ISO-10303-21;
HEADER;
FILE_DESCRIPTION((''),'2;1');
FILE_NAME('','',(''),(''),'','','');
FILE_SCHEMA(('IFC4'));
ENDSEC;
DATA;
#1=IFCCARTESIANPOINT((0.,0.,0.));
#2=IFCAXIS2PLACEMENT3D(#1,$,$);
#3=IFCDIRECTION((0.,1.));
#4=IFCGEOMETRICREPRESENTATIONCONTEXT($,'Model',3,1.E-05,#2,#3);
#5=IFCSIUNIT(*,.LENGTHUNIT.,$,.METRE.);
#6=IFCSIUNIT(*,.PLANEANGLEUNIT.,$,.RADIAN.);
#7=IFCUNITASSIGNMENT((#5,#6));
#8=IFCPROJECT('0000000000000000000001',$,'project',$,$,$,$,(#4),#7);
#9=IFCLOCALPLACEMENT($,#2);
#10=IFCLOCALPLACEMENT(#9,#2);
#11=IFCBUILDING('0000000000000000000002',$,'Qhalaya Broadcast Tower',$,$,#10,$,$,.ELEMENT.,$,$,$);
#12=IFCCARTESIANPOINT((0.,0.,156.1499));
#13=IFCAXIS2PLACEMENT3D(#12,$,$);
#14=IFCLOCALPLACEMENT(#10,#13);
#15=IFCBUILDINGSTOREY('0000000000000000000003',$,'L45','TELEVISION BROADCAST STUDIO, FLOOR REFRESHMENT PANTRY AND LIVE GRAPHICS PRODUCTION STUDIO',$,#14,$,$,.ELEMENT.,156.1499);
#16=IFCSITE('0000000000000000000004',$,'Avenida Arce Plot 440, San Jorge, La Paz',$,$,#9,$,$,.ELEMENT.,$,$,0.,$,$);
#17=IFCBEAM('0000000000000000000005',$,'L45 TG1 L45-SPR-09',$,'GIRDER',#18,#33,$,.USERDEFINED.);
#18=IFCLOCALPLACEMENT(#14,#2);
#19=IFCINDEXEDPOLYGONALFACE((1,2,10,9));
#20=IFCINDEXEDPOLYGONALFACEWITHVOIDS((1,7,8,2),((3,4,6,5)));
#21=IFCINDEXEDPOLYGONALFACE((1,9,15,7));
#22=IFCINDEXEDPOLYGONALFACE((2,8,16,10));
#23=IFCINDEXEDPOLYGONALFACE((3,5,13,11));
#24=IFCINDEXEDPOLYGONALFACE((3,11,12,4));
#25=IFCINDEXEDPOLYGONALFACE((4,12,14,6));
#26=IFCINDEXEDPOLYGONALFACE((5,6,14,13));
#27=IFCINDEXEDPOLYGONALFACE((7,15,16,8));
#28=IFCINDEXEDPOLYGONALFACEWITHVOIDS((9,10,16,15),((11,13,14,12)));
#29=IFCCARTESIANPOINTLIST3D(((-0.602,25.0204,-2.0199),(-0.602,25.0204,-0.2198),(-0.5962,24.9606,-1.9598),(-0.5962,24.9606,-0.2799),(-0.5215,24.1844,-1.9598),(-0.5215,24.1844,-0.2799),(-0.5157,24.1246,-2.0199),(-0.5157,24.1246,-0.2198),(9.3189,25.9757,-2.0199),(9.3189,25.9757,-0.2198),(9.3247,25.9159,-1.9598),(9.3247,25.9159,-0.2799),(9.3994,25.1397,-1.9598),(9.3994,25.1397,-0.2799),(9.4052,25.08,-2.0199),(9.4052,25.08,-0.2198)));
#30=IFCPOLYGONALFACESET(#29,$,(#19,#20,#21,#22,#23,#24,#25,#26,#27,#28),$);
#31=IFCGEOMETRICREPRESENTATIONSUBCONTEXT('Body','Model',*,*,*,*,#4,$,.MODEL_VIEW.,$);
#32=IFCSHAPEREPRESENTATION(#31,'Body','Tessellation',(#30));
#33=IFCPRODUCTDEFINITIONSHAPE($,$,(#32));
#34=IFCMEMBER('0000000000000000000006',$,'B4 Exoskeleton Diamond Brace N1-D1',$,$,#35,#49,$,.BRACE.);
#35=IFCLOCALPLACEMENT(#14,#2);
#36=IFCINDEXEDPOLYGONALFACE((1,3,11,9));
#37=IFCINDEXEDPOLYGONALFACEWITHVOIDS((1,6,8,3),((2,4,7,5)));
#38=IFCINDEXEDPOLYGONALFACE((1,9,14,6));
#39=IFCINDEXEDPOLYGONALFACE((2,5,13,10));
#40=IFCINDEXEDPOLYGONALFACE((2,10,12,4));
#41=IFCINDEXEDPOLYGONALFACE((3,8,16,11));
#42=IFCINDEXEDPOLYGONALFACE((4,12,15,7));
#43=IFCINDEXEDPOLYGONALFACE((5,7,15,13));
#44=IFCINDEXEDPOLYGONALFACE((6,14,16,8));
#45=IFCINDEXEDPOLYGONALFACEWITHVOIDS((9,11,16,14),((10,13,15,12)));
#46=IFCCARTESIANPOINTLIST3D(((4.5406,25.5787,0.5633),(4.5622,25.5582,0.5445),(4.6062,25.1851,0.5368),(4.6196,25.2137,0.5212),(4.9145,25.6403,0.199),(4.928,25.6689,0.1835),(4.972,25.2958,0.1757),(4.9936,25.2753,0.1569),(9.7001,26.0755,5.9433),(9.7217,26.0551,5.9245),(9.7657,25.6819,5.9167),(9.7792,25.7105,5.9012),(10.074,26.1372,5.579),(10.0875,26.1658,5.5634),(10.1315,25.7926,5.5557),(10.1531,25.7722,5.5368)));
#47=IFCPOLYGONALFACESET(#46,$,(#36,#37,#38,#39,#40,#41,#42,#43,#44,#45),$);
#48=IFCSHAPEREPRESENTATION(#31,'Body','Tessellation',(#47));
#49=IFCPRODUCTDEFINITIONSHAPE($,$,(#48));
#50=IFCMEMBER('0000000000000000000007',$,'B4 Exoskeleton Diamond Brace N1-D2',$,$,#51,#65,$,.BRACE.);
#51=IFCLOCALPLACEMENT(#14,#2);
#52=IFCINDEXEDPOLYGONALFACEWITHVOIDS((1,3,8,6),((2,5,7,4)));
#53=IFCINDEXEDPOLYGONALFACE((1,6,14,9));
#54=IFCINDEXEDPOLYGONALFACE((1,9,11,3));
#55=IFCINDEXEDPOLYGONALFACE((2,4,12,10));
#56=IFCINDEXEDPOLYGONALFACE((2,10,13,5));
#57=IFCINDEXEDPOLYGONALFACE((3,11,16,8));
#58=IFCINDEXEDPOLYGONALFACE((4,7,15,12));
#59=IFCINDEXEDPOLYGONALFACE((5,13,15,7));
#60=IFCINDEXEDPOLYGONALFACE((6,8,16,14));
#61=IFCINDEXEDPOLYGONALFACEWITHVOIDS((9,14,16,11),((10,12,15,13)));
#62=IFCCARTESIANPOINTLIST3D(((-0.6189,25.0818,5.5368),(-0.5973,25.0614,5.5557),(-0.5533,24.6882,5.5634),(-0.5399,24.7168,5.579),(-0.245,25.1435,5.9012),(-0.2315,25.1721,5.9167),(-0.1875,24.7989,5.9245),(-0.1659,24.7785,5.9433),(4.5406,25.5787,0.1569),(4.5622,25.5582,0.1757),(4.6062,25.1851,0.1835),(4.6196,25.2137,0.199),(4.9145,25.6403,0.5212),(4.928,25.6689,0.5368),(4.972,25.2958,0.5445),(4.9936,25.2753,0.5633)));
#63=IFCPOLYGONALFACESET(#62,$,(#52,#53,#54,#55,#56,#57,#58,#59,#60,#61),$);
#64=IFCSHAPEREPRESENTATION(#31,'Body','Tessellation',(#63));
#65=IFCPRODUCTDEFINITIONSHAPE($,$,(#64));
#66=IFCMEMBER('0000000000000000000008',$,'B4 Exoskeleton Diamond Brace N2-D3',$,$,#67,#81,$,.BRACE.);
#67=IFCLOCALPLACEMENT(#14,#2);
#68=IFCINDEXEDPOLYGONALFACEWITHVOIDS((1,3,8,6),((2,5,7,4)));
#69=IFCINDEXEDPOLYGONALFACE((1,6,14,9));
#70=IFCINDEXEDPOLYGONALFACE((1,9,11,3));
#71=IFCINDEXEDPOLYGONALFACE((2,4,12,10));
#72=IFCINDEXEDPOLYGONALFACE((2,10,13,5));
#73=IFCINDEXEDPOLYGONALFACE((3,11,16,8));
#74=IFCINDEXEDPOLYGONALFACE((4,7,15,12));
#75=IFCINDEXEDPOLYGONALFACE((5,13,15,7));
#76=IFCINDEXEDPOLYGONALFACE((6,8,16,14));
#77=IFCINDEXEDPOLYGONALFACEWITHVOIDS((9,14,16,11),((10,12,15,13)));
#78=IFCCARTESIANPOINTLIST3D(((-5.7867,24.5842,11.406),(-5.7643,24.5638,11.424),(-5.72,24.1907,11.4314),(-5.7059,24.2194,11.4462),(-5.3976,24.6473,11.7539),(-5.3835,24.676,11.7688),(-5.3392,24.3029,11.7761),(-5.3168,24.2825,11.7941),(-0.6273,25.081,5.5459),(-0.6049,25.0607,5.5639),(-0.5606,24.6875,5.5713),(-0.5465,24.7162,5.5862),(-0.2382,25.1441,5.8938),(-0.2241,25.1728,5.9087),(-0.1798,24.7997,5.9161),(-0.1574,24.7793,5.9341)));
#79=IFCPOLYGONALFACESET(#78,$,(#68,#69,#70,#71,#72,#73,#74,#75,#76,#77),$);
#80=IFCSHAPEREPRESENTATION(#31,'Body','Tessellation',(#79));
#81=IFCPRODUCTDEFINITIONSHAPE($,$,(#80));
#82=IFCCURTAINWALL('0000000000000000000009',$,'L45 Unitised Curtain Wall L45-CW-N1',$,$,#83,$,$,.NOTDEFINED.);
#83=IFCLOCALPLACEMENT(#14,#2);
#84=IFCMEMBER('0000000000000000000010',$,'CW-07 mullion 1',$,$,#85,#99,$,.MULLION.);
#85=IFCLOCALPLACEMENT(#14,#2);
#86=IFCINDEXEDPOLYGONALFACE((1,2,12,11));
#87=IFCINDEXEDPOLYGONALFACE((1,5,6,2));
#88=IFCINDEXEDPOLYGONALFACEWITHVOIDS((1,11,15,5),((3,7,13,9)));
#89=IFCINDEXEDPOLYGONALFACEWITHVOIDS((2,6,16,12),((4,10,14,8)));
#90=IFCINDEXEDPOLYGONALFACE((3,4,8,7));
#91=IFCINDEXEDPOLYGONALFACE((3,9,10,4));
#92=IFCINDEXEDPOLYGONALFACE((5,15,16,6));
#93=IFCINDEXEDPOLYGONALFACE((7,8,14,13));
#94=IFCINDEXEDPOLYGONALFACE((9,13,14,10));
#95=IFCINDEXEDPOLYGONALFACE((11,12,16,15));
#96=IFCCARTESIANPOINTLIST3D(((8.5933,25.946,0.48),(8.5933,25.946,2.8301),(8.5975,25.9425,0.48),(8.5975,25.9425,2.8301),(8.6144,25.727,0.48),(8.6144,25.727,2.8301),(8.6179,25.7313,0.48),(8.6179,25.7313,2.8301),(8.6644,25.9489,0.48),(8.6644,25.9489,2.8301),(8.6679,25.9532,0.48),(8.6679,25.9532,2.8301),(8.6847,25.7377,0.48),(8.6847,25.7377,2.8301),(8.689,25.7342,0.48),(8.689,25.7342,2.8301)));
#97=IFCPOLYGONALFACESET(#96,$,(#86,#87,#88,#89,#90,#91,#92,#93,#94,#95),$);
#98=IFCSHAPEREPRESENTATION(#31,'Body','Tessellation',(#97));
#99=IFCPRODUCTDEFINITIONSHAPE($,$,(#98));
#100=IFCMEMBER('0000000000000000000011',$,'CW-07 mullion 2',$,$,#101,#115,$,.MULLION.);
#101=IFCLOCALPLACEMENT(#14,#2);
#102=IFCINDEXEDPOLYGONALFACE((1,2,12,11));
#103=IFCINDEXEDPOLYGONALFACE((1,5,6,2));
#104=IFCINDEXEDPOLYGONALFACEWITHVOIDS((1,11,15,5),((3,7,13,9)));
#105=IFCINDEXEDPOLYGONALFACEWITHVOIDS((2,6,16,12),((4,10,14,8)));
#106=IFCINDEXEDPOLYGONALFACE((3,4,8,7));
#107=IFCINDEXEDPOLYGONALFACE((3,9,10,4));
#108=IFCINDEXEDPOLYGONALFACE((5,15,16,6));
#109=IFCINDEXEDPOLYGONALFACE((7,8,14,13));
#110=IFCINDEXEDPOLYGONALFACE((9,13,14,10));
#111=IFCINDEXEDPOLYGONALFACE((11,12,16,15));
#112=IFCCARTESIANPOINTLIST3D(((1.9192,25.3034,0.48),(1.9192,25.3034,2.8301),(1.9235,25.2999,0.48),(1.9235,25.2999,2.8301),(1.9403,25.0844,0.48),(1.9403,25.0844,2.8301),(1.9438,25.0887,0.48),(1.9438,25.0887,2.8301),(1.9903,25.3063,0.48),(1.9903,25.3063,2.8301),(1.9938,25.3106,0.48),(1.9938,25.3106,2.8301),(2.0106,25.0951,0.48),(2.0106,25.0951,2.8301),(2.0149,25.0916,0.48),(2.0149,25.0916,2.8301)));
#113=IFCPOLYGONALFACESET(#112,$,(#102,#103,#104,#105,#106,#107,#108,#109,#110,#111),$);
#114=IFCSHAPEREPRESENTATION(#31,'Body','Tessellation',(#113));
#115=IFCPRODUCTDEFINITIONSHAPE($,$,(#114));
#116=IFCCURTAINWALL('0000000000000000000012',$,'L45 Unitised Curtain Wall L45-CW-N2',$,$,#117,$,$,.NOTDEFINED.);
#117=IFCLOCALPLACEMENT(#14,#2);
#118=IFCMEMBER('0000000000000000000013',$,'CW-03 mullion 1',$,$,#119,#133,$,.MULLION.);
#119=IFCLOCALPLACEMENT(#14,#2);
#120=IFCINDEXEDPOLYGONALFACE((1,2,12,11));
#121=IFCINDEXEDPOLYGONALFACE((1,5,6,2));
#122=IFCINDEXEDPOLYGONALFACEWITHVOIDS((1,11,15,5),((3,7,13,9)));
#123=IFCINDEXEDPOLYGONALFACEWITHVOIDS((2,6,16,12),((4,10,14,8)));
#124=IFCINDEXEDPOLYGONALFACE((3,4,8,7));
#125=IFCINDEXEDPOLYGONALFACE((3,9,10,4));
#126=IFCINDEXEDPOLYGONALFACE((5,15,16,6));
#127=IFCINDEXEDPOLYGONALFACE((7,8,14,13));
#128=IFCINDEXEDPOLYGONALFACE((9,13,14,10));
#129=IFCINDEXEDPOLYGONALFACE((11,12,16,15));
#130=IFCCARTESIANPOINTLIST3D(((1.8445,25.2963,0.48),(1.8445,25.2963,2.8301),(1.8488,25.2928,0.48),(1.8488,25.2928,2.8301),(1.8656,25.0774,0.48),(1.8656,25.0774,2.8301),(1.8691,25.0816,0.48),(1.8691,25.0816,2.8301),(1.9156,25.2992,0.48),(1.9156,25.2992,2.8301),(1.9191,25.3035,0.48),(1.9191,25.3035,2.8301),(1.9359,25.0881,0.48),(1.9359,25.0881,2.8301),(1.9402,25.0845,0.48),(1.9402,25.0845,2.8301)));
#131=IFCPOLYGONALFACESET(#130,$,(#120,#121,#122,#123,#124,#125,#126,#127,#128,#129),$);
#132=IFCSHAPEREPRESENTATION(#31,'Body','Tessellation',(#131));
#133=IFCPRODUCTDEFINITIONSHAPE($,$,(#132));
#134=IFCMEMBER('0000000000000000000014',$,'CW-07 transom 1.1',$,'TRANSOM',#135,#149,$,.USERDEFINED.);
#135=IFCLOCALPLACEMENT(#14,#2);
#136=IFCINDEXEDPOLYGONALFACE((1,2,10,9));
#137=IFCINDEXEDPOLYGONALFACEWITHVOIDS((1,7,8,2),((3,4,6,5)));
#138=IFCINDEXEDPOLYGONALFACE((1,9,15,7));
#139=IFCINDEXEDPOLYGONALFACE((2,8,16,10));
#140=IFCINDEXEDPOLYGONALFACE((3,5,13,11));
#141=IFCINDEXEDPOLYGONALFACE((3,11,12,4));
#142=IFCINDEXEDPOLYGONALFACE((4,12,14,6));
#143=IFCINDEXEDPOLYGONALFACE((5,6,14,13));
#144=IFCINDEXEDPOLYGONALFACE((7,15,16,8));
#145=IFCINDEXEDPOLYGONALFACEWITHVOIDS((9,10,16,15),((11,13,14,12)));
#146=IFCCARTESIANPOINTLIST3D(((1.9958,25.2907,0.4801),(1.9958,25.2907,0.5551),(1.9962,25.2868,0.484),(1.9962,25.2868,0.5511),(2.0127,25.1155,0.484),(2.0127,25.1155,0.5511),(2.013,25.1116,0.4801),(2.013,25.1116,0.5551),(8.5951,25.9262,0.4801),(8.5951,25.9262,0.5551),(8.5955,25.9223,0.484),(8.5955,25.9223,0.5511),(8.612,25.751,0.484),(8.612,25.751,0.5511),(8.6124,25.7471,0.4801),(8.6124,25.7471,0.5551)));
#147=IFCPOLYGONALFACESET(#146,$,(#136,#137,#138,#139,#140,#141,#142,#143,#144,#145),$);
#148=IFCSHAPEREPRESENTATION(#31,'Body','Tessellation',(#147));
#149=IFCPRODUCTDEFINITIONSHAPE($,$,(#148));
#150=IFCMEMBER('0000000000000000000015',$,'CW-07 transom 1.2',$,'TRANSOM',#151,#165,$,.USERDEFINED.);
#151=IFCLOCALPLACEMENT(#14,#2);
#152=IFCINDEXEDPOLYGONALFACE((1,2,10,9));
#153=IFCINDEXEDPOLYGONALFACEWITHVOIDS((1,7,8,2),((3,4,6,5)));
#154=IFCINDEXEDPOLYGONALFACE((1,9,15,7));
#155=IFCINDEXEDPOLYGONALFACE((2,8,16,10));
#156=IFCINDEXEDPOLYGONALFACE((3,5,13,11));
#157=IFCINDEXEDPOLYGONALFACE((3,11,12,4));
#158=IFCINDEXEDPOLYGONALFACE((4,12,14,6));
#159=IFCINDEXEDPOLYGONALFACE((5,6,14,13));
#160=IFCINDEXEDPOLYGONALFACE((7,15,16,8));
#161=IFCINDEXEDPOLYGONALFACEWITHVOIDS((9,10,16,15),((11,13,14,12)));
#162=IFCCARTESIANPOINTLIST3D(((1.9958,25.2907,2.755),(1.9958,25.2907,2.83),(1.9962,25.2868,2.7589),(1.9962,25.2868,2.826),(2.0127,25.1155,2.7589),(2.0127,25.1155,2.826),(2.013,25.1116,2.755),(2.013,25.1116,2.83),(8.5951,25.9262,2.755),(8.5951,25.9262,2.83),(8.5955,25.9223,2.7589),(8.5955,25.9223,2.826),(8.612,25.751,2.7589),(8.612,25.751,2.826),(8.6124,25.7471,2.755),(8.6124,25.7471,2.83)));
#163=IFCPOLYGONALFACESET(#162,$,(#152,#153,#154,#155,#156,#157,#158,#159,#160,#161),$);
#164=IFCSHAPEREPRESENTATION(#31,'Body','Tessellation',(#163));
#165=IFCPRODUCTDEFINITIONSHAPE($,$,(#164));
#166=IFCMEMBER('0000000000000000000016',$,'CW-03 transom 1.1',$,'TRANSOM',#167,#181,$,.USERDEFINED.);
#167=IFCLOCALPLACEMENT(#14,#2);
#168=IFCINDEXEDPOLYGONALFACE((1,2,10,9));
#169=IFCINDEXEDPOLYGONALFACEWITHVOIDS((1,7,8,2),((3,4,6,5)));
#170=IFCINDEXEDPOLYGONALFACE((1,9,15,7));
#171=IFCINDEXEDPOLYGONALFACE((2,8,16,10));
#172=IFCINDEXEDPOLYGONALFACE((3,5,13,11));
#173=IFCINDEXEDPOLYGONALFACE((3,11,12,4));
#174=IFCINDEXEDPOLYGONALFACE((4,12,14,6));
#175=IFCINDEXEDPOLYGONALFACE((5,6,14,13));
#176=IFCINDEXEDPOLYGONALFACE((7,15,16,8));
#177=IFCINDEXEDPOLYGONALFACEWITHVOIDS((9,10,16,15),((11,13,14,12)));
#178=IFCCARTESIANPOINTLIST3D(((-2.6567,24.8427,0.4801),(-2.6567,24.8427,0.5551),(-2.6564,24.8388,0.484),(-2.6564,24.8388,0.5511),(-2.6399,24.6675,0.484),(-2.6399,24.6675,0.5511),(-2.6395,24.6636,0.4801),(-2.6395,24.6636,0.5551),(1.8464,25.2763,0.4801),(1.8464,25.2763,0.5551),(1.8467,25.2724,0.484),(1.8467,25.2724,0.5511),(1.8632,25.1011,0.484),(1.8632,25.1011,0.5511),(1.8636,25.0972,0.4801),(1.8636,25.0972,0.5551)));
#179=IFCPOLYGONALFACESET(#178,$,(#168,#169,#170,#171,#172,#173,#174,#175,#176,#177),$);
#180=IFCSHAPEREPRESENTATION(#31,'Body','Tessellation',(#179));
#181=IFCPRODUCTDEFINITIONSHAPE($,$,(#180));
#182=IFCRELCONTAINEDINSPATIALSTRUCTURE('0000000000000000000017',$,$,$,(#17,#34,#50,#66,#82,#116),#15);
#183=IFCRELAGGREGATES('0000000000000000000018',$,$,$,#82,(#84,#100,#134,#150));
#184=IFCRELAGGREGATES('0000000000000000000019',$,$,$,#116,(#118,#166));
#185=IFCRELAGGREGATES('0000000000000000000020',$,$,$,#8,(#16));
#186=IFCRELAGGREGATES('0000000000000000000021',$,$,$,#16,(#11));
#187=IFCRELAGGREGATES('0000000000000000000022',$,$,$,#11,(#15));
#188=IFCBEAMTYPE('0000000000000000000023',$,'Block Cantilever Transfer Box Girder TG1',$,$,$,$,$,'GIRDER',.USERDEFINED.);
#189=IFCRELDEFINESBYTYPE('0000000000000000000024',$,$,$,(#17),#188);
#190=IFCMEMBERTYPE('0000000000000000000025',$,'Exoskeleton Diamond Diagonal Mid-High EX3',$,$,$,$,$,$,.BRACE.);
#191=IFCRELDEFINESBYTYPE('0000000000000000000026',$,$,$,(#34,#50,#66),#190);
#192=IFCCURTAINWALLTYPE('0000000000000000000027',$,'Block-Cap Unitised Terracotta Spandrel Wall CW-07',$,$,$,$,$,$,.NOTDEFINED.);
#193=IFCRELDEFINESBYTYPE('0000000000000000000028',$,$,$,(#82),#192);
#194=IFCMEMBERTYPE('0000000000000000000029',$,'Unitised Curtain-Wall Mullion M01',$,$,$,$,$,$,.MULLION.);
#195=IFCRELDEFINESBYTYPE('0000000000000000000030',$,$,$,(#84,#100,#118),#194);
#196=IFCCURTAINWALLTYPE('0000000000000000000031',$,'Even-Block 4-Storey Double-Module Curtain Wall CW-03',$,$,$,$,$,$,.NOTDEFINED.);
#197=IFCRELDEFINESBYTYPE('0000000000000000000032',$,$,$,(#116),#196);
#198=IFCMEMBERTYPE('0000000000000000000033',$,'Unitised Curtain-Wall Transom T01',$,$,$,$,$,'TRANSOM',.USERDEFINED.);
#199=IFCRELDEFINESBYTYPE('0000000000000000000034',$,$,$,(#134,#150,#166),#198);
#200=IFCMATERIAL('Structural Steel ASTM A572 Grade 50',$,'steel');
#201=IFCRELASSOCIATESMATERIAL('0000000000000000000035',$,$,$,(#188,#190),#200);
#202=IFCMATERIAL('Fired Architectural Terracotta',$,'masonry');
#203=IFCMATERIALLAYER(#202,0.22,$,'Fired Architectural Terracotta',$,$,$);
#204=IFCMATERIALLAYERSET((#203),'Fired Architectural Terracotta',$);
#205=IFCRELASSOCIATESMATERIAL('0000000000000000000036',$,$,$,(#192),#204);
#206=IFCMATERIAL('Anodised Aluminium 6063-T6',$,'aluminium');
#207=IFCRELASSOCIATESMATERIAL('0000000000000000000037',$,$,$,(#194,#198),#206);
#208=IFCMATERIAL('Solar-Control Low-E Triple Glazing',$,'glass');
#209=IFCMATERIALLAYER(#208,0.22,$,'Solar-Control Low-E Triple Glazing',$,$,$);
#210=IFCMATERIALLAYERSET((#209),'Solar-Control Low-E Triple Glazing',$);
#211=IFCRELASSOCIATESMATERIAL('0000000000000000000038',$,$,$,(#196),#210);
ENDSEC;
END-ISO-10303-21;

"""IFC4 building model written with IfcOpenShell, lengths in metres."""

from ifc_helpers import new_model, si_unit, direction, frame, origin, origin_2d, place, context, subcontext, project, spatial, hollow_rectangle, extrude, material, layer, layer_set, material_profile, profile_set, type_object, element, aggregate, save


model = new_model("IFC4")

# Units and contexts
model_context = context("Model", 3, precision=1e-05, world=origin(), true_north=direction((0.0, 1.0)))
body_context = subcontext(model_context, "Body", "Model", "MODEL_VIEW")
ifc_project = project(units=[si_unit("LENGTHUNIT", "METRE"), si_unit("PLANEANGLEUNIT", "RADIAN")], contexts=[model_context])

# Site, building, storey
site_placement = place(None, origin())
site = spatial("IfcSite", under=ifc_project, at=site_placement, Name="Avenida Arce Plot 440, San Jorge, La Paz", CompositionType="ELEMENT", RefElevation=0.0)
building_placement = place(site_placement, origin())
building = spatial("IfcBuilding", under=site, at=building_placement, Name="Qhalaya Broadcast Tower", CompositionType="ELEMENT")
storey_placement = place(building_placement, frame((0.0, 0.0, 156.1499)))
storey = spatial("IfcBuildingStorey", under=building, at=storey_placement, Name="L45", Description="TELEVISION BROADCAST STUDIO, FLOOR REFRESHMENT PANTRY AND LIVE GRAPHICS PRODUCTION STUDIO", CompositionType="ELEMENT", Elevation=156.1499)

# Beam
ifc_material_1 = material(Name="Structural Steel ASTM A572 Grade 50", Category="steel")
ifc_material_profile_1 = material_profile(ifc_material_1, hollow_rectangle(XDim=0.8999, YDim=1.8, WallThickness=0.0601, at=origin_2d()), Name="BOX 900x1800x60")
ifc_profile_set_1 = profile_set([ifc_material_profile_1], Name="Structural Steel ASTM A572 Grade 50")
beam_type = type_object("IfcBeamType", Name="Block Cantilever Transfer Box Girder TG1", ElementType="GIRDER", PredefinedType="USERDEFINED", material=ifc_profile_set_1)
beam_placement = place(storey_placement, frame((9.3621, 25.5278, -1.1199), z_axis=(-0.995396, -0.095851, 0.0), x_axis=(0.095851, -0.995396, 0.0)))
element("IfcBeam", 1, at=beam_placement, inside=storey, type_object=beam_type, Name="L45 TG1 L45-SPR-09", ObjectType="GIRDER", PredefinedType="USERDEFINED", context=body_context, shape_type="SweptSolid", body=[
    extrude(hollow_rectangle(XDim=0.8999, YDim=1.8, WallThickness=0.0601, at=origin_2d()), origin(), (0.0, 0.0, 1.0), 9.9668),
])

# Members
ifc_material_profile_2 = material_profile(ifc_material_1, hollow_rectangle(XDim=0.3999, YDim=0.55, WallThickness=0.0249, at=origin_2d()), Name="BOX 400x550x25")
ifc_profile_set_2 = profile_set([ifc_material_profile_2], Name="Structural Steel ASTM A572 Grade 50")
member_type_1 = type_object("IfcMemberType", Name="Exoskeleton Diamond Diagonal Mid-High EX3", PredefinedType="BRACE", material=ifc_profile_set_2)
for number, where, z_axis, x_axis, name in (
    (2, (4.7671, 25.427, 0.3601), (0.690632, 0.066504, 0.720142), (-0.164115, 0.984197, 0.0665), "B4 Exoskeleton Diamond Brace N1-D1"),
    (3, (4.7671, 25.427, 0.3601), (-0.690632, -0.066504, 0.720142), (0.164115, -0.984197, 0.0665), "B4 Exoskeleton Diamond Brace N1-D2"),
):
    element("IfcMember", number, at=place(storey_placement, frame(where, z_axis=z_axis, x_axis=x_axis)), inside=storey, type_object=member_type_1, Name=name, PredefinedType="BRACE", context=body_context, shape_type="SweptSolid", body=[
        extrude(hollow_rectangle(XDim=0.3999, YDim=0.55, WallThickness=0.0249, at=origin_2d()), origin(), (0.0, 0.0, 1.0), 7.4707),
    ])
member_1_placement = place(storey_placement, frame((-0.3923, 24.9302, 5.74), z_axis=(-0.659477, -0.063504, 0.749038), x_axis=(0.166872, -0.983932, 0.0635)))
element("IfcMember", 4, at=member_1_placement, inside=storey, type_object=member_type_1, Name="B4 Exoskeleton Diamond Brace N2-D3", PredefinedType="BRACE", context=body_context, shape_type="SweptSolid", body=[
    extrude(hollow_rectangle(XDim=0.3999, YDim=0.55, WallThickness=0.0249, at=origin_2d()), origin(), (0.0, 0.0, 1.0), 7.8235),
])

# Curtain wall, members
ifc_material_2 = material(Name="Fired Architectural Terracotta", Category="masonry")
ifc_layer_1 = layer(ifc_material_2, 0.22, Name="Fired Architectural Terracotta")
ifc_layer_set_1 = layer_set([ifc_layer_1], Name="Fired Architectural Terracotta")
curtain_wall_type_1 = type_object("IfcCurtainWallType", Name="Block-Cap Unitised Terracotta Spandrel Wall CW-07", PredefinedType="NOTDEFINED", material=ifc_layer_set_1)
curtain_wall_1_placement = place(storey_placement, origin())
curtain_wall_1 = element("IfcCurtainWall", 5, at=curtain_wall_1_placement, inside=storey, type_object=curtain_wall_type_1, Name="L45 Unitised Curtain Wall L45-CW-N1", PredefinedType="NOTDEFINED")
ifc_material_3 = material(Name="Anodised Aluminium 6063-T6", Category="aluminium")
ifc_material_profile_3 = material_profile(ifc_material_3, hollow_rectangle(XDim=0.075, YDim=0.22, WallThickness=0.0039, at=origin_2d()), Name="ALU-MUL 75x220x4")
ifc_profile_set_3 = profile_set([ifc_material_profile_3], Name="Anodised Aluminium 6063-T6")
member_type_2 = type_object("IfcMemberType", Name="Unitised Curtain-Wall Mullion M01", PredefinedType="MULLION", material=ifc_profile_set_3)
member_2_placement = place(storey_placement, frame((8.6411, 25.8401, 0.48), z_axis=(0.0, 0.0, 1.0), x_axis=(-0.995397, -0.095841, 0.0)))
member_2 = element("IfcMember", 6, at=member_2_placement, type_object=member_type_2, Name="CW-07 mullion 1", PredefinedType="MULLION", context=body_context, shape_type="SweptSolid", body=[
    extrude(hollow_rectangle(XDim=0.075, YDim=0.22, WallThickness=0.0039, at=origin_2d()), origin(), (0.0, 0.0, 1.0), 2.3501),
])
member_3_placement = place(storey_placement, frame((1.967, 25.1975, 0.48), z_axis=(0.0, 0.0, 1.0), x_axis=(-0.995397, -0.095841, 0.0)))
member_3 = element("IfcMember", 7, at=member_3_placement, type_object=member_type_2, Name="CW-07 mullion 2", PredefinedType="MULLION", context=body_context, shape_type="SweptSolid", body=[
    extrude(hollow_rectangle(XDim=0.075, YDim=0.22, WallThickness=0.0039, at=origin_2d()), origin(), (0.0, 0.0, 1.0), 2.3501),
])

# Curtain wall, member
ifc_material_4 = material(Name="Solar-Control Low-E Triple Glazing", Category="glass")
ifc_layer_2 = layer(ifc_material_4, 0.22, Name="Solar-Control Low-E Triple Glazing")
ifc_layer_set_2 = layer_set([ifc_layer_2], Name="Solar-Control Low-E Triple Glazing")
curtain_wall_type_2 = type_object("IfcCurtainWallType", Name="Even-Block 4-Storey Double-Module Curtain Wall CW-03", PredefinedType="NOTDEFINED", material=ifc_layer_set_2)
curtain_wall_2_placement = place(storey_placement, origin())
curtain_wall_2 = element("IfcCurtainWall", 8, at=curtain_wall_2_placement, inside=storey, type_object=curtain_wall_type_2, Name="L45 Unitised Curtain Wall L45-CW-N2", PredefinedType="NOTDEFINED")
member_4_placement = place(storey_placement, frame((1.8923, 25.1904, 0.48), z_axis=(0.0, 0.0, 1.0), x_axis=(-0.995396, -0.095849, 0.0)))
member_4 = element("IfcMember", 9, at=member_4_placement, type_object=member_type_2, Name="CW-03 mullion 1", PredefinedType="MULLION", context=body_context, shape_type="SweptSolid", body=[
    extrude(hollow_rectangle(XDim=0.075, YDim=0.22, WallThickness=0.0039, at=origin_2d()), origin(), (0.0, 0.0, 1.0), 2.3501),
])

# Members
ifc_material_profile_4 = material_profile(ifc_material_3, hollow_rectangle(XDim=0.075, YDim=0.1799, WallThickness=0.0039, at=origin_2d()), Name="ALU-TRN 75x180x4")
ifc_profile_set_4 = profile_set([ifc_material_profile_4], Name="Anodised Aluminium 6063-T6")
member_type_3 = type_object("IfcMemberType", Name="Unitised Curtain-Wall Transom T01", ElementType="TRANSOM", PredefinedType="USERDEFINED", material=ifc_profile_set_4)
member_5_placement = place(storey_placement, frame((8.6038, 25.8367, 0.5176), z_axis=(-0.995395, -0.095853, 0.0), x_axis=(0.0, 0.0, 1.0)))
member_5 = element("IfcMember", 10, at=member_5_placement, type_object=member_type_3, Name="CW-07 transom 1.1", ObjectType="TRANSOM", PredefinedType="USERDEFINED", context=body_context, shape_type="SweptSolid", body=[
    extrude(hollow_rectangle(XDim=0.075, YDim=0.1799, WallThickness=0.0039, at=origin_2d()), origin(), (0.0, 0.0, 1.0), 6.6299),
])
member_6_placement = place(storey_placement, frame((8.6038, 25.8367, 2.7925), z_axis=(-0.995395, -0.095853, 0.0), x_axis=(0.0, 0.0, 1.0)))
member_6 = element("IfcMember", 11, at=member_6_placement, type_object=member_type_3, Name="CW-07 transom 1.2", ObjectType="TRANSOM", PredefinedType="USERDEFINED", context=body_context, shape_type="SweptSolid", body=[
    extrude(hollow_rectangle(XDim=0.075, YDim=0.1799, WallThickness=0.0039, at=origin_2d()), origin(), (0.0, 0.0, 1.0), 6.6299),
])
member_7_placement = place(storey_placement, frame((1.855, 25.1868, 0.5176), z_axis=(-0.995396, -0.095843, 0.0), x_axis=(0.0, 0.0, 1.0)))
member_7 = element("IfcMember", 12, at=member_7_placement, type_object=member_type_3, Name="CW-03 transom 1.1", ObjectType="TRANSOM", PredefinedType="USERDEFINED", context=body_context, shape_type="SweptSolid", body=[
    extrude(hollow_rectangle(XDim=0.075, YDim=0.1799, WallThickness=0.0039, at=origin_2d()), origin(), (0.0, 0.0, 1.0), 4.5239),
])

aggregate(curtain_wall_1, [member_2, member_3, member_5, member_6])
aggregate(curtain_wall_2, [member_4, member_7])

save(model, "model.ifc")
